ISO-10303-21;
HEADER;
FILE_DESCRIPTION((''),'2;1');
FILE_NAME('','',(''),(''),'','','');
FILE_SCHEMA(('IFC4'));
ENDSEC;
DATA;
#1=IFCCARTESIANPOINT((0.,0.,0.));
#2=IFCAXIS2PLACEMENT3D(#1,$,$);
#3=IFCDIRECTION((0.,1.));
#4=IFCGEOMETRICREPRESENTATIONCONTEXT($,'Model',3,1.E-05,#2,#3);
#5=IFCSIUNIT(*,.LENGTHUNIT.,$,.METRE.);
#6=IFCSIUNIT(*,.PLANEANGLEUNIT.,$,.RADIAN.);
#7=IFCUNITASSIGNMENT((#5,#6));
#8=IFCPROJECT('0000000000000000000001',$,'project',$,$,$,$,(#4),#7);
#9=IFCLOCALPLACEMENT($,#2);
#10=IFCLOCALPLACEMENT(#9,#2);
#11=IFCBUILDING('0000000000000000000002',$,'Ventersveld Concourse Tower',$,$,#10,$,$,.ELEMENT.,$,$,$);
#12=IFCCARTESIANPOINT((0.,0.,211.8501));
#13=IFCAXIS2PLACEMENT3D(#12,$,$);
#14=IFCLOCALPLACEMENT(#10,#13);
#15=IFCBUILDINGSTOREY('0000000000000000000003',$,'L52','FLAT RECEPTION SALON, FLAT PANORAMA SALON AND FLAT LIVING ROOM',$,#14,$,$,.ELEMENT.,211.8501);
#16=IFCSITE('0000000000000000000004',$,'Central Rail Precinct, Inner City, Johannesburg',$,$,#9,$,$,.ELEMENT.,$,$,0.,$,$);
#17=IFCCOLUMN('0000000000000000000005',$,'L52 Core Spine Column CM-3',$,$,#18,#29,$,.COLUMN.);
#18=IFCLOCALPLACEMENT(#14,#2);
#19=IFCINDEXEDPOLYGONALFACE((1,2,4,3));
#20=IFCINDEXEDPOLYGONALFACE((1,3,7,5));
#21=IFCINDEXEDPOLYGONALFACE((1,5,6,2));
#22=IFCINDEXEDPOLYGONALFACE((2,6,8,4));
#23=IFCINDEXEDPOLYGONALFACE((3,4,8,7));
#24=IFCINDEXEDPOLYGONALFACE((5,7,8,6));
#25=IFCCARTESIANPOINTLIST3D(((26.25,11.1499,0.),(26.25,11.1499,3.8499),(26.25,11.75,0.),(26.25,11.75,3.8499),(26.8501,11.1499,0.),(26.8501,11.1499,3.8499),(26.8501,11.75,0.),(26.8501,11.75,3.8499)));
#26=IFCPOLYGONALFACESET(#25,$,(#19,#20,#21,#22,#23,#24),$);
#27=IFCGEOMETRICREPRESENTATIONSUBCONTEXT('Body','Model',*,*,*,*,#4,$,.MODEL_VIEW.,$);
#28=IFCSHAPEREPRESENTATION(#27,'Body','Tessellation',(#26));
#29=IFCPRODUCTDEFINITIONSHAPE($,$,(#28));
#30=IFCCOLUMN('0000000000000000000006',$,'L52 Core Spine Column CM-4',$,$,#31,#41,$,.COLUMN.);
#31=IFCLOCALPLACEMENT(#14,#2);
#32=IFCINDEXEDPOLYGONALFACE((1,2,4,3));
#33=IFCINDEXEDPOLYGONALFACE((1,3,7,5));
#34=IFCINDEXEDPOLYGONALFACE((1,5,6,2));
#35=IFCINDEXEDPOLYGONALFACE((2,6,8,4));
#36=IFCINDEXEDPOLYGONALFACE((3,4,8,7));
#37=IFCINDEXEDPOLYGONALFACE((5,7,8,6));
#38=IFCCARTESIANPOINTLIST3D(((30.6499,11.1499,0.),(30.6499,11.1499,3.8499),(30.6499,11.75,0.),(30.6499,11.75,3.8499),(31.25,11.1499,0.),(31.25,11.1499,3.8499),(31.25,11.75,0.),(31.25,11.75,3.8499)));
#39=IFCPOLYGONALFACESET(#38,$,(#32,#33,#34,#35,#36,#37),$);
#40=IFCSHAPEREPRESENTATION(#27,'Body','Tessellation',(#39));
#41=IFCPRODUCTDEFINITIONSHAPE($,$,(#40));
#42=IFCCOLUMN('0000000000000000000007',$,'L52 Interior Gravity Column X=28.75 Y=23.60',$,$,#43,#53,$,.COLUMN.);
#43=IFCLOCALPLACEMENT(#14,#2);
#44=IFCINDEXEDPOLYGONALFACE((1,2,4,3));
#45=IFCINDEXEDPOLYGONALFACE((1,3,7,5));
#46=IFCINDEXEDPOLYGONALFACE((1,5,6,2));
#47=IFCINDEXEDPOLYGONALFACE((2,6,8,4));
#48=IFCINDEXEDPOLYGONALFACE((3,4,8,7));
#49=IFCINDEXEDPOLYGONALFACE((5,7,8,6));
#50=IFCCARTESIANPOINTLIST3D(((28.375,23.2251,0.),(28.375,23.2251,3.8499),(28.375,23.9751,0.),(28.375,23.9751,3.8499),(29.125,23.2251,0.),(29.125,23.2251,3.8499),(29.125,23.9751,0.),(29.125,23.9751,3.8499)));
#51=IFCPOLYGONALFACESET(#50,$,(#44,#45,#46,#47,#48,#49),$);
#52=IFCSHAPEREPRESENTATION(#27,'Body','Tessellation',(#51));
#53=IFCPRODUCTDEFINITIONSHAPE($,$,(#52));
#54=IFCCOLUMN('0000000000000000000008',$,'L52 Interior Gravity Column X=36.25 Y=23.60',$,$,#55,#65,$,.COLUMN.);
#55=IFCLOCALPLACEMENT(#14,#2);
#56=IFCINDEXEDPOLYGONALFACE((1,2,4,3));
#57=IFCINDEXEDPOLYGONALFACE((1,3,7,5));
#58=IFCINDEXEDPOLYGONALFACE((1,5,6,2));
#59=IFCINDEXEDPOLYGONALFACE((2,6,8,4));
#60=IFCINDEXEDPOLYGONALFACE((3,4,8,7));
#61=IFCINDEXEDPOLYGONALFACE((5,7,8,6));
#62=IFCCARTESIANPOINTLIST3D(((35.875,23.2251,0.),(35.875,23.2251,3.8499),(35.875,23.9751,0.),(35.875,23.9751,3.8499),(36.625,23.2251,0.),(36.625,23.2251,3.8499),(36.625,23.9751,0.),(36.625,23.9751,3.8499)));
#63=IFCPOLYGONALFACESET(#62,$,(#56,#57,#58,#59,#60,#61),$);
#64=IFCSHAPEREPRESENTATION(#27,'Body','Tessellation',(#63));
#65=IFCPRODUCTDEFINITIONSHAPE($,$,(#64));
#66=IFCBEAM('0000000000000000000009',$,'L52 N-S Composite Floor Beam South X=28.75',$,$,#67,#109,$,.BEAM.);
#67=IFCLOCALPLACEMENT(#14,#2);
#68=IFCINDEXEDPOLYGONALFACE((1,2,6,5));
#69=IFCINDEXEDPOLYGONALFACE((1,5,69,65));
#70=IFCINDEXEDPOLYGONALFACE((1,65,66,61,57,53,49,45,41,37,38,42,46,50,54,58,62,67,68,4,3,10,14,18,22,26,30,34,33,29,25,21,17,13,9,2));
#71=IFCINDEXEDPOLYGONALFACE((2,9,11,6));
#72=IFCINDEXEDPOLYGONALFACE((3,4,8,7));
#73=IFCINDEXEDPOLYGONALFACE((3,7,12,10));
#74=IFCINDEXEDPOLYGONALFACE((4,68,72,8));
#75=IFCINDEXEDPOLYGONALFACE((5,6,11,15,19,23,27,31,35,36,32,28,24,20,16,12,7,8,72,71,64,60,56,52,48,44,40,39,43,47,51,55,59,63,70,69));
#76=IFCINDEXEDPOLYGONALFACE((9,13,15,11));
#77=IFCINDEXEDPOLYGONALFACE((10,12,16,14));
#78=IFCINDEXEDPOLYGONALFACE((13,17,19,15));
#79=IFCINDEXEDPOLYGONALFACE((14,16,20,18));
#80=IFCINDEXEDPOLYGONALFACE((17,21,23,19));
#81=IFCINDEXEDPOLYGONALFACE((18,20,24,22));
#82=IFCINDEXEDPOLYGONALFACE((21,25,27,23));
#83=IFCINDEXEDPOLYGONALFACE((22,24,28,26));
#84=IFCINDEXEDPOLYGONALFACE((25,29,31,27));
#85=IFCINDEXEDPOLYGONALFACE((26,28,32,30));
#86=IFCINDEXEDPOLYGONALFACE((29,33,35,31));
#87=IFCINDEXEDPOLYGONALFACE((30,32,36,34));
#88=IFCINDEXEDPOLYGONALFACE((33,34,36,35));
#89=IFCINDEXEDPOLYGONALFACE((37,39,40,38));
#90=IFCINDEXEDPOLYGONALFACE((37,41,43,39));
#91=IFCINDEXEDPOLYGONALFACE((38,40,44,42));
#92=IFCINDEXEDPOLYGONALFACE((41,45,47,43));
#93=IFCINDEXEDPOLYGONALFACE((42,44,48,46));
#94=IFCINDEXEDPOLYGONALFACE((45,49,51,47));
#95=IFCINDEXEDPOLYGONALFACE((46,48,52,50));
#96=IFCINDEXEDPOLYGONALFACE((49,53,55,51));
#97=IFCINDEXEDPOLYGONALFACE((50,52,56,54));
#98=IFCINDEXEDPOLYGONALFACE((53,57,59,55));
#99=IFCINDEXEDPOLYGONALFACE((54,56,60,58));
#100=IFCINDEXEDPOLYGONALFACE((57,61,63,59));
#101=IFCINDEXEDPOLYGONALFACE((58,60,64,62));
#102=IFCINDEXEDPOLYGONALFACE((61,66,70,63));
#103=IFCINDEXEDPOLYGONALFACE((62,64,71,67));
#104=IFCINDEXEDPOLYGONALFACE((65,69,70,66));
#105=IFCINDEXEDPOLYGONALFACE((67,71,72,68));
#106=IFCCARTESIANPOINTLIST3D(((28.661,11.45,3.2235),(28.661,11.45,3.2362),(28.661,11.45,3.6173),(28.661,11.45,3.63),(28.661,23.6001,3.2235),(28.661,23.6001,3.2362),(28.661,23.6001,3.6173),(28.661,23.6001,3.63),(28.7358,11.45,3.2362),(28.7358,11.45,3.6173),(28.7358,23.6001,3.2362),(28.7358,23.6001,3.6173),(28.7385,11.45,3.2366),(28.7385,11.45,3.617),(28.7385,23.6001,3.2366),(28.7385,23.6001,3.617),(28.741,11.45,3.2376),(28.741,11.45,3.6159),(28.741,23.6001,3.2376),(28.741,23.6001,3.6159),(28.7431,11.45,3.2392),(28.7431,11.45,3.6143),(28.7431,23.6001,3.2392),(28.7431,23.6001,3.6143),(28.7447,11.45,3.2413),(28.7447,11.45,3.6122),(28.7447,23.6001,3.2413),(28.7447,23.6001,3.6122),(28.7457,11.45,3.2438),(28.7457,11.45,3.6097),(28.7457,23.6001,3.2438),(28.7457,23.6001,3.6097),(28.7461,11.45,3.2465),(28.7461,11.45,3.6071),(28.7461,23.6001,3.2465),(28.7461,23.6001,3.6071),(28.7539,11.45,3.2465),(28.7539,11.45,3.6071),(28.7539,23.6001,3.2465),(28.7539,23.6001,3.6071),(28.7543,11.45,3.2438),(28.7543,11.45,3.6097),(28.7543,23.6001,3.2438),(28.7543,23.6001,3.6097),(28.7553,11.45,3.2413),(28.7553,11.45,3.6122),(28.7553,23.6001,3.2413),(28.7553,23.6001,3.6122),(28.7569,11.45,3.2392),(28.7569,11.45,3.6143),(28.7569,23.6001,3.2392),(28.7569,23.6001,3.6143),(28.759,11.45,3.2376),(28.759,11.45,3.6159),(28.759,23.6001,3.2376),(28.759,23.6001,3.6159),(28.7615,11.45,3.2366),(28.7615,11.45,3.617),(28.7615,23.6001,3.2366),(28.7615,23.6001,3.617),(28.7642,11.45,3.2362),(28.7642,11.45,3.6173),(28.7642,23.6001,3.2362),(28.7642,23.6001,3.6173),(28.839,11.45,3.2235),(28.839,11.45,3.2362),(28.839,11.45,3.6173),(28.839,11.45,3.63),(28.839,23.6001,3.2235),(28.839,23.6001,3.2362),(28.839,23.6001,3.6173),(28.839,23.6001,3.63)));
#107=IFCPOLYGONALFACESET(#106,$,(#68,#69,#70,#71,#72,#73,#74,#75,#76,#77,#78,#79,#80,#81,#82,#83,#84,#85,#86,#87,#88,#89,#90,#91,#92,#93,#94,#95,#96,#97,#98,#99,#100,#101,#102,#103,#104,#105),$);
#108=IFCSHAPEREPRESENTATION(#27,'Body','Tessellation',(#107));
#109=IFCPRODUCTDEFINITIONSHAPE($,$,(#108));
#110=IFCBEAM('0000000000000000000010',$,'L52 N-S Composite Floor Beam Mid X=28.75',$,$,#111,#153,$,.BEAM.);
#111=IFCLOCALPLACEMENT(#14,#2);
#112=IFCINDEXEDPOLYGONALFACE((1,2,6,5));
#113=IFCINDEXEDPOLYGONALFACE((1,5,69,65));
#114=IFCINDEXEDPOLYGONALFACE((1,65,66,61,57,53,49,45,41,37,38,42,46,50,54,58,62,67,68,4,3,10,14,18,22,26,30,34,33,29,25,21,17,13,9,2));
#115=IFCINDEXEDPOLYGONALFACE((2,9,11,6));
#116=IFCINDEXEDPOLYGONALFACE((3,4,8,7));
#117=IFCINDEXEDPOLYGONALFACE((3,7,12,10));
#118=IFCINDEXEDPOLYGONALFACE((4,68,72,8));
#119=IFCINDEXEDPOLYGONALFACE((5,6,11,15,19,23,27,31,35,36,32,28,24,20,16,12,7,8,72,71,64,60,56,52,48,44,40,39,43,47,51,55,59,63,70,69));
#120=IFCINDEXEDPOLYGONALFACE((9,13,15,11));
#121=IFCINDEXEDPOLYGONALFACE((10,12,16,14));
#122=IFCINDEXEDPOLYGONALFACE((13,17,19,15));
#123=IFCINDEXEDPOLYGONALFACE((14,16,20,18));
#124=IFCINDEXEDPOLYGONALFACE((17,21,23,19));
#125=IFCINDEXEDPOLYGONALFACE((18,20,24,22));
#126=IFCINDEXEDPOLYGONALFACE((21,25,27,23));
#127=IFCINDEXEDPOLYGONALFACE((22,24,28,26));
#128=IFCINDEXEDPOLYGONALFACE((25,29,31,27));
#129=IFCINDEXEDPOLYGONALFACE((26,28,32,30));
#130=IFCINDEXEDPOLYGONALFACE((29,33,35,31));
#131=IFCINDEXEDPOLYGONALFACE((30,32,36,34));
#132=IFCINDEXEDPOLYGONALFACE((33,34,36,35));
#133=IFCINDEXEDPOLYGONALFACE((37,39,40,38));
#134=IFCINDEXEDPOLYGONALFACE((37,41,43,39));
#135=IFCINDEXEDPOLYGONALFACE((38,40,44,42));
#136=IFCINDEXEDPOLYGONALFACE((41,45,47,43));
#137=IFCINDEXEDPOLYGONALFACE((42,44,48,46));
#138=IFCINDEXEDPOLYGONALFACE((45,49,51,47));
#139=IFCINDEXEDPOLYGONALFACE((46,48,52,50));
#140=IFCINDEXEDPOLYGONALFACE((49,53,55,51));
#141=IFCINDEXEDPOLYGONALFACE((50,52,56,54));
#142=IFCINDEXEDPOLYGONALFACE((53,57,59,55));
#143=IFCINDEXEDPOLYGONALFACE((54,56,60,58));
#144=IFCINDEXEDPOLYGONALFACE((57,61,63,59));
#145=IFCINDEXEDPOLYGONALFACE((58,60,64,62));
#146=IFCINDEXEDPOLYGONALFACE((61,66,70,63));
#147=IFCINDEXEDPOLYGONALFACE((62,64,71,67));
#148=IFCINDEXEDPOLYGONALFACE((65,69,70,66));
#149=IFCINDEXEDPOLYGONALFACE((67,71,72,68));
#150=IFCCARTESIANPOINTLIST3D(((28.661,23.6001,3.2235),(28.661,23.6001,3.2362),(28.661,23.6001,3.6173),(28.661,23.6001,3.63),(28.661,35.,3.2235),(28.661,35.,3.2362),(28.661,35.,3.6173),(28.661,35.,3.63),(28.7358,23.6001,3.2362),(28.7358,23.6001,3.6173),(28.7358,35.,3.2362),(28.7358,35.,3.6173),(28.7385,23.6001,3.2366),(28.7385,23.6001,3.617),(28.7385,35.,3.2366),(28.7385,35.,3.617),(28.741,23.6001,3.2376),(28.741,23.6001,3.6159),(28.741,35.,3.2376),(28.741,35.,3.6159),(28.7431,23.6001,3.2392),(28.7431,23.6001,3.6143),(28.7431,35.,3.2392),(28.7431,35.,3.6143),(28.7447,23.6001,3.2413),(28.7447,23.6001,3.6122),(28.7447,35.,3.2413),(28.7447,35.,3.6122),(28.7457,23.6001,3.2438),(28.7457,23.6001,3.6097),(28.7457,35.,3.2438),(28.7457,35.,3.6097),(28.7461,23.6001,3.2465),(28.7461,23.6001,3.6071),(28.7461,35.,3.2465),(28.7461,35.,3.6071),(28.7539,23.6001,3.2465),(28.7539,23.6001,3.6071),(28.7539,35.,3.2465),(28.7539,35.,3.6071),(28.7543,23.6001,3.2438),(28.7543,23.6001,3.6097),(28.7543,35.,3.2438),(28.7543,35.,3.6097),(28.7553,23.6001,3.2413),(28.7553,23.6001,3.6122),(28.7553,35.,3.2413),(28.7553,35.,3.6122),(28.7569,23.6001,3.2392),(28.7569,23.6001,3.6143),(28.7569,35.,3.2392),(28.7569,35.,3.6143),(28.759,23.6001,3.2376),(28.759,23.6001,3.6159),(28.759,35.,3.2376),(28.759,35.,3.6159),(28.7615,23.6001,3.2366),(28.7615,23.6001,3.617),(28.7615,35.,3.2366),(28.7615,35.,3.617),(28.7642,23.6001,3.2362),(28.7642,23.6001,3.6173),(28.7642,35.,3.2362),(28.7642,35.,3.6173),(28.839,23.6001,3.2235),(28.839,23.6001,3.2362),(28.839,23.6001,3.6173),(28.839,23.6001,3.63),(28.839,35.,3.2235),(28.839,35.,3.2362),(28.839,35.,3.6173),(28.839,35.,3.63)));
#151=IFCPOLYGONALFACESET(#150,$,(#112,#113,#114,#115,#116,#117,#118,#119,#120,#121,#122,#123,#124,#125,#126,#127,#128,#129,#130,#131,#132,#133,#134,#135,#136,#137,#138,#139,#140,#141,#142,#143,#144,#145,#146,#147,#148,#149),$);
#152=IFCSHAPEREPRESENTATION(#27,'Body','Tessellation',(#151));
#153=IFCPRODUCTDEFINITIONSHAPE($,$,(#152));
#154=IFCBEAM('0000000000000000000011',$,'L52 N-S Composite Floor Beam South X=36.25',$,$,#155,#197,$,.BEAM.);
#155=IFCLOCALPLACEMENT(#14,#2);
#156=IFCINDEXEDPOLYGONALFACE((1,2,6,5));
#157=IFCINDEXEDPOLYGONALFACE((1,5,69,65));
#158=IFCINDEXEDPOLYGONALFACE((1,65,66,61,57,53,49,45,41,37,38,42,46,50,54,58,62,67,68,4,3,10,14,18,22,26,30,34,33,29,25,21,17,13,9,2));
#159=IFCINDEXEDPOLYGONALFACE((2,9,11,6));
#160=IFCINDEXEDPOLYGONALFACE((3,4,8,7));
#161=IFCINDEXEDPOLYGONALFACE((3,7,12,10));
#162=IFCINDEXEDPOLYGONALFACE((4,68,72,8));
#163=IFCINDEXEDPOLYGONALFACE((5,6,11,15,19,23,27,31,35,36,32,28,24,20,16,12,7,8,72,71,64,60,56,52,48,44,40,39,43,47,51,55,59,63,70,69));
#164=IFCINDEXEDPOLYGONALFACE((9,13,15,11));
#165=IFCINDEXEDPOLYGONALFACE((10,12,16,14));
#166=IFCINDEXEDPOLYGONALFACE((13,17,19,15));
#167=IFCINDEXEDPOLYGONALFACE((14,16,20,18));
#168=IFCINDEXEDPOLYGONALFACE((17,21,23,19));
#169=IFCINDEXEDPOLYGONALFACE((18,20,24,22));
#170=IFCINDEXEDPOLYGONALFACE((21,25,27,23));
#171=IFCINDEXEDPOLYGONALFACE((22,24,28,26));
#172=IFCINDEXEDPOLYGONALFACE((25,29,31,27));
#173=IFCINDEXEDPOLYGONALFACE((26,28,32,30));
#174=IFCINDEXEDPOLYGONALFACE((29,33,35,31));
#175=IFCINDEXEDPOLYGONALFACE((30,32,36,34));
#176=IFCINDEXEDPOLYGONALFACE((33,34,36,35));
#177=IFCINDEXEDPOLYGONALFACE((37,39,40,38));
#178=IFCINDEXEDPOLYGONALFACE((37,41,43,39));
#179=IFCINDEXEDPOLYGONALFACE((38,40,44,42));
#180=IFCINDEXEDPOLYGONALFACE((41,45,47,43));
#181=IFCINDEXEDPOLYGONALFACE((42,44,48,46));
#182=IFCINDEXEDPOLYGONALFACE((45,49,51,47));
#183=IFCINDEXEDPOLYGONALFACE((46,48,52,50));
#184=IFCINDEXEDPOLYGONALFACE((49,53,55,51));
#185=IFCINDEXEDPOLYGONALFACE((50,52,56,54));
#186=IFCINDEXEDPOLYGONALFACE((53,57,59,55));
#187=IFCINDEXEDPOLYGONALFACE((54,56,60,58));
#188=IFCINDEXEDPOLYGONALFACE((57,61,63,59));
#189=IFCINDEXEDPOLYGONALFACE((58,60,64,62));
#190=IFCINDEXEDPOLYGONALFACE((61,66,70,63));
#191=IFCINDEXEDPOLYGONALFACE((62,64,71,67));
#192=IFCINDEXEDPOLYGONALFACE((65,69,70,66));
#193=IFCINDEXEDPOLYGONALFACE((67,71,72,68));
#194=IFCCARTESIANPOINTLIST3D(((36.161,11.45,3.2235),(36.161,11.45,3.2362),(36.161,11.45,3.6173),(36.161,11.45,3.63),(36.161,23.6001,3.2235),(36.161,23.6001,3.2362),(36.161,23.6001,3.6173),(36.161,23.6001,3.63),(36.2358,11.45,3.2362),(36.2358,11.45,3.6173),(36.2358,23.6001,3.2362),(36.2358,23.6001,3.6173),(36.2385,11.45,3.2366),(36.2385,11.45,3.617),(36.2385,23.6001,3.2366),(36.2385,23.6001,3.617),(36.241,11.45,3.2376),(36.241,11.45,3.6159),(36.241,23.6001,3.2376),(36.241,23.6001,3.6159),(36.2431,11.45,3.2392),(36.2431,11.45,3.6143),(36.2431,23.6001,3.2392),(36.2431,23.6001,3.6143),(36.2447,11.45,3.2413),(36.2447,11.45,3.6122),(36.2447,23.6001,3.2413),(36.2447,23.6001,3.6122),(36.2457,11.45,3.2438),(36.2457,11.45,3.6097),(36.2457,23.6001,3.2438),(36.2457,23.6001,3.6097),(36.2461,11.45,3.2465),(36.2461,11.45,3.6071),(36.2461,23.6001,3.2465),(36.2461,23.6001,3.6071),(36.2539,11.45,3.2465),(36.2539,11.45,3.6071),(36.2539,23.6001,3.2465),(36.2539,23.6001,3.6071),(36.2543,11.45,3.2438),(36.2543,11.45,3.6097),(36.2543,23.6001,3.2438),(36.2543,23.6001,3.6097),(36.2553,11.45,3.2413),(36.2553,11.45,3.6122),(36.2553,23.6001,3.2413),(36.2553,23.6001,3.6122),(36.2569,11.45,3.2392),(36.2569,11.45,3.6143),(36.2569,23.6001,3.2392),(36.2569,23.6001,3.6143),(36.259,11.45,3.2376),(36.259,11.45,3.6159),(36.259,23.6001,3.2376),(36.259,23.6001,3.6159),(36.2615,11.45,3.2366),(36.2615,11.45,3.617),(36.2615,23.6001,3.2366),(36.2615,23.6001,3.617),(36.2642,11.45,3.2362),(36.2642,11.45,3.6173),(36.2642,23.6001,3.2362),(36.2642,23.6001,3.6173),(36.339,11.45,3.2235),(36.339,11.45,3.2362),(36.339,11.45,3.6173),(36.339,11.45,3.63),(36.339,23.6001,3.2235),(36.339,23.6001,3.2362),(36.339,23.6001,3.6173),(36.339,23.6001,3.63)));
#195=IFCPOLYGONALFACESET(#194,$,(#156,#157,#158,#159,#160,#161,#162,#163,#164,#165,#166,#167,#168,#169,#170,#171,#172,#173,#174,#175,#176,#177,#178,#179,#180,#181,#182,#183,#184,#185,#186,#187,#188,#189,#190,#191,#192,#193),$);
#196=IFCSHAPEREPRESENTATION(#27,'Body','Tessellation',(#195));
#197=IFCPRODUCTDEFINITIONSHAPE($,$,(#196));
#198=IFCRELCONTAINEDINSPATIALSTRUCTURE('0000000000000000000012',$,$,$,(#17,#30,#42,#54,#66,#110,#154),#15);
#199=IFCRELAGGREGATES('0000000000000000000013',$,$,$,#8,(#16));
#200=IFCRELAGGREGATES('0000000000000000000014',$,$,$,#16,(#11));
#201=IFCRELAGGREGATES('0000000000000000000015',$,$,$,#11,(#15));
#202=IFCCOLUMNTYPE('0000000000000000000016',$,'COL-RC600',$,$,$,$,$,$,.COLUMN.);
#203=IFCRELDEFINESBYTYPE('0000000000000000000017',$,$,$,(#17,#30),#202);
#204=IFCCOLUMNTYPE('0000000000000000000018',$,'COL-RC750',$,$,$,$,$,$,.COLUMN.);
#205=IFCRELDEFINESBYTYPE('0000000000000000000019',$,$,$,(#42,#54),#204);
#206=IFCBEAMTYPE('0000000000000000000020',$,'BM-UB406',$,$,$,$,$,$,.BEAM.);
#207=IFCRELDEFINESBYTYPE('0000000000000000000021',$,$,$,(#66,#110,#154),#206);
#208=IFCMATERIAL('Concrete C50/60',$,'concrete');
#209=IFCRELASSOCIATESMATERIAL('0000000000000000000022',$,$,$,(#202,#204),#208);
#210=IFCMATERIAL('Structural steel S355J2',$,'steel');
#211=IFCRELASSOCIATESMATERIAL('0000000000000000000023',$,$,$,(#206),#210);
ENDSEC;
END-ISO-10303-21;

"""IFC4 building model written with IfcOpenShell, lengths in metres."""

from ifc_helpers import new_model, si_unit, direction, frame, origin, origin_2d, place, context, subcontext, project, spatial, rectangle, i_section, extrude, material, material_profile, profile_set, type_object, element, save


model = new_model("IFC4")

# Units and contexts
model_context = context("Model", 3, precision=1e-05, world=origin(), true_north=direction((0.0, 1.0)))
body_context = subcontext(model_context, "Body", "Model", "MODEL_VIEW")
ifc_project = project(units=[si_unit("LENGTHUNIT", "METRE"), si_unit("PLANEANGLEUNIT", "RADIAN")], contexts=[model_context])

# Site, building, storey
site_placement = place(None, origin())
site = spatial("IfcSite", under=ifc_project, at=site_placement, Name="Central Rail Precinct, Inner City, Johannesburg", CompositionType="ELEMENT", RefElevation=0.0)
building_placement = place(site_placement, origin())
building = spatial("IfcBuilding", under=site, at=building_placement, Name="Ventersveld Concourse Tower", CompositionType="ELEMENT")
storey_placement = place(building_placement, frame((0.0, 0.0, 211.8501)))
storey = spatial("IfcBuildingStorey", under=building, at=storey_placement, Name="L52", Description="FLAT RECEPTION SALON, FLAT PANORAMA SALON AND FLAT LIVING ROOM", CompositionType="ELEMENT", Elevation=211.8501)

# Columns
ifc_material_1 = material(Name="Concrete C50/60", Category="concrete")
ifc_material_profile_1 = material_profile(ifc_material_1, rectangle(XDim=0.6001, YDim=0.6001, at=origin_2d()), Name="RC 600x600")
ifc_profile_set_1 = profile_set([ifc_material_profile_1], Name="Concrete C50/60")
column_type_1 = type_object("IfcColumnType", Name="COL-RC600", PredefinedType="COLUMN", material=ifc_profile_set_1)
for number, where, z_axis, x_axis, name in (
    (1, (26.55, 11.45, 0.0), (0.0, 0.0, 1.0), (1.0, 0.0, 0.0), "L52 Core Spine Column CM-3"),
    (2, (30.95, 11.45, 0.0), (0.0, 0.0, 1.0), (1.0, 0.0, 0.0), "L52 Core Spine Column CM-4"),
):
    element("IfcColumn", number, at=place(storey_placement, frame(where, z_axis=z_axis, x_axis=x_axis)), inside=storey, type_object=column_type_1, Name=name, PredefinedType="COLUMN", context=body_context, shape_type="SweptSolid", body=[
        extrude(rectangle(XDim=0.6001, YDim=0.6001, at=origin_2d()), origin(), (0.0, 0.0, 1.0), 3.8499),
    ])
ifc_material_profile_2 = material_profile(ifc_material_1, rectangle(XDim=0.75, YDim=0.75, at=origin_2d()), Name="RC 750x750")
ifc_profile_set_2 = profile_set([ifc_material_profile_2], Name="Concrete C50/60")
column_type_2 = type_object("IfcColumnType", Name="COL-RC750", PredefinedType="COLUMN", material=ifc_profile_set_2)
for number, where, z_axis, x_axis, name in (
    (3, (28.75, 23.6001, 0.0), (0.0, 0.0, 1.0), (1.0, 0.0, 0.0), "L52 Interior Gravity Column X=28.75 Y=23.60"),
    (4, (36.25, 23.6001, 0.0), (0.0, 0.0, 1.0), (1.0, 0.0, 0.0), "L52 Interior Gravity Column X=36.25 Y=23.60"),
):
    element("IfcColumn", number, at=place(storey_placement, frame(where, z_axis=z_axis, x_axis=x_axis)), inside=storey, type_object=column_type_2, Name=name, PredefinedType="COLUMN", context=body_context, shape_type="SweptSolid", body=[
        extrude(rectangle(XDim=0.75, YDim=0.75, at=origin_2d()), origin(), (0.0, 0.0, 1.0), 3.8499),
    ])

# Beams
ifc_material_2 = material(Name="Structural steel S355J2", Category="steel")
ifc_material_profile_3 = material_profile(ifc_material_2, i_section(OverallWidth=0.178, OverallDepth=0.4065, WebThickness=0.0078, FlangeThickness=0.0127, FilletRadius=0.0103, at=origin_2d()), Name="UB 406x178x60")
ifc_profile_set_3 = profile_set([ifc_material_profile_3], Name="Structural steel S355J2")
beam_type_1 = type_object("IfcBeamType", Name="BM-UB406", PredefinedType="BEAM", material=ifc_profile_set_3)
beam_1_placement = place(storey_placement, frame((28.75, 11.45, 3.4268), z_axis=(0.0, 1.0, 0.0), x_axis=(-1.0, 0.0, 0.0)))
element("IfcBeam", 5, at=beam_1_placement, inside=storey, type_object=beam_type_1, Name="L52 N-S Composite Floor Beam South X=28.75", PredefinedType="BEAM", context=body_context, shape_type="SweptSolid", body=[
    extrude(i_section(OverallWidth=0.178, OverallDepth=0.4065, WebThickness=0.0078, FlangeThickness=0.0127, FilletRadius=0.0103, at=origin_2d()), origin(), (0.0, 0.0, 1.0), 12.1501),
])
beam_2_placement = place(storey_placement, frame((28.75, 23.6001, 3.4268), z_axis=(0.0, 1.0, 0.0), x_axis=(-1.0, 0.0, 0.0)))
element("IfcBeam", 6, at=beam_2_placement, inside=storey, type_object=beam_type_1, Name="L52 N-S Composite Floor Beam Mid X=28.75", PredefinedType="BEAM", context=body_context, shape_type="SweptSolid", body=[
    extrude(i_section(OverallWidth=0.178, OverallDepth=0.4065, WebThickness=0.0078, FlangeThickness=0.0127, FilletRadius=0.0103, at=origin_2d()), origin(), (0.0, 0.0, 1.0), 11.3999),
])
beam_3_placement = place(storey_placement, frame((36.25, 11.45, 3.4268), z_axis=(0.0, 1.0, 0.0), x_axis=(-1.0, 0.0, 0.0)))
element("IfcBeam", 7, at=beam_3_placement, inside=storey, type_object=beam_type_1, Name="L52 N-S Composite Floor Beam South X=36.25", PredefinedType="BEAM", context=body_context, shape_type="SweptSolid", body=[
    extrude(i_section(OverallWidth=0.178, OverallDepth=0.4065, WebThickness=0.0078, FlangeThickness=0.0127, FilletRadius=0.0103, at=origin_2d()), origin(), (0.0, 0.0, 1.0), 12.1501),
])

save(model, "model.ifc")
